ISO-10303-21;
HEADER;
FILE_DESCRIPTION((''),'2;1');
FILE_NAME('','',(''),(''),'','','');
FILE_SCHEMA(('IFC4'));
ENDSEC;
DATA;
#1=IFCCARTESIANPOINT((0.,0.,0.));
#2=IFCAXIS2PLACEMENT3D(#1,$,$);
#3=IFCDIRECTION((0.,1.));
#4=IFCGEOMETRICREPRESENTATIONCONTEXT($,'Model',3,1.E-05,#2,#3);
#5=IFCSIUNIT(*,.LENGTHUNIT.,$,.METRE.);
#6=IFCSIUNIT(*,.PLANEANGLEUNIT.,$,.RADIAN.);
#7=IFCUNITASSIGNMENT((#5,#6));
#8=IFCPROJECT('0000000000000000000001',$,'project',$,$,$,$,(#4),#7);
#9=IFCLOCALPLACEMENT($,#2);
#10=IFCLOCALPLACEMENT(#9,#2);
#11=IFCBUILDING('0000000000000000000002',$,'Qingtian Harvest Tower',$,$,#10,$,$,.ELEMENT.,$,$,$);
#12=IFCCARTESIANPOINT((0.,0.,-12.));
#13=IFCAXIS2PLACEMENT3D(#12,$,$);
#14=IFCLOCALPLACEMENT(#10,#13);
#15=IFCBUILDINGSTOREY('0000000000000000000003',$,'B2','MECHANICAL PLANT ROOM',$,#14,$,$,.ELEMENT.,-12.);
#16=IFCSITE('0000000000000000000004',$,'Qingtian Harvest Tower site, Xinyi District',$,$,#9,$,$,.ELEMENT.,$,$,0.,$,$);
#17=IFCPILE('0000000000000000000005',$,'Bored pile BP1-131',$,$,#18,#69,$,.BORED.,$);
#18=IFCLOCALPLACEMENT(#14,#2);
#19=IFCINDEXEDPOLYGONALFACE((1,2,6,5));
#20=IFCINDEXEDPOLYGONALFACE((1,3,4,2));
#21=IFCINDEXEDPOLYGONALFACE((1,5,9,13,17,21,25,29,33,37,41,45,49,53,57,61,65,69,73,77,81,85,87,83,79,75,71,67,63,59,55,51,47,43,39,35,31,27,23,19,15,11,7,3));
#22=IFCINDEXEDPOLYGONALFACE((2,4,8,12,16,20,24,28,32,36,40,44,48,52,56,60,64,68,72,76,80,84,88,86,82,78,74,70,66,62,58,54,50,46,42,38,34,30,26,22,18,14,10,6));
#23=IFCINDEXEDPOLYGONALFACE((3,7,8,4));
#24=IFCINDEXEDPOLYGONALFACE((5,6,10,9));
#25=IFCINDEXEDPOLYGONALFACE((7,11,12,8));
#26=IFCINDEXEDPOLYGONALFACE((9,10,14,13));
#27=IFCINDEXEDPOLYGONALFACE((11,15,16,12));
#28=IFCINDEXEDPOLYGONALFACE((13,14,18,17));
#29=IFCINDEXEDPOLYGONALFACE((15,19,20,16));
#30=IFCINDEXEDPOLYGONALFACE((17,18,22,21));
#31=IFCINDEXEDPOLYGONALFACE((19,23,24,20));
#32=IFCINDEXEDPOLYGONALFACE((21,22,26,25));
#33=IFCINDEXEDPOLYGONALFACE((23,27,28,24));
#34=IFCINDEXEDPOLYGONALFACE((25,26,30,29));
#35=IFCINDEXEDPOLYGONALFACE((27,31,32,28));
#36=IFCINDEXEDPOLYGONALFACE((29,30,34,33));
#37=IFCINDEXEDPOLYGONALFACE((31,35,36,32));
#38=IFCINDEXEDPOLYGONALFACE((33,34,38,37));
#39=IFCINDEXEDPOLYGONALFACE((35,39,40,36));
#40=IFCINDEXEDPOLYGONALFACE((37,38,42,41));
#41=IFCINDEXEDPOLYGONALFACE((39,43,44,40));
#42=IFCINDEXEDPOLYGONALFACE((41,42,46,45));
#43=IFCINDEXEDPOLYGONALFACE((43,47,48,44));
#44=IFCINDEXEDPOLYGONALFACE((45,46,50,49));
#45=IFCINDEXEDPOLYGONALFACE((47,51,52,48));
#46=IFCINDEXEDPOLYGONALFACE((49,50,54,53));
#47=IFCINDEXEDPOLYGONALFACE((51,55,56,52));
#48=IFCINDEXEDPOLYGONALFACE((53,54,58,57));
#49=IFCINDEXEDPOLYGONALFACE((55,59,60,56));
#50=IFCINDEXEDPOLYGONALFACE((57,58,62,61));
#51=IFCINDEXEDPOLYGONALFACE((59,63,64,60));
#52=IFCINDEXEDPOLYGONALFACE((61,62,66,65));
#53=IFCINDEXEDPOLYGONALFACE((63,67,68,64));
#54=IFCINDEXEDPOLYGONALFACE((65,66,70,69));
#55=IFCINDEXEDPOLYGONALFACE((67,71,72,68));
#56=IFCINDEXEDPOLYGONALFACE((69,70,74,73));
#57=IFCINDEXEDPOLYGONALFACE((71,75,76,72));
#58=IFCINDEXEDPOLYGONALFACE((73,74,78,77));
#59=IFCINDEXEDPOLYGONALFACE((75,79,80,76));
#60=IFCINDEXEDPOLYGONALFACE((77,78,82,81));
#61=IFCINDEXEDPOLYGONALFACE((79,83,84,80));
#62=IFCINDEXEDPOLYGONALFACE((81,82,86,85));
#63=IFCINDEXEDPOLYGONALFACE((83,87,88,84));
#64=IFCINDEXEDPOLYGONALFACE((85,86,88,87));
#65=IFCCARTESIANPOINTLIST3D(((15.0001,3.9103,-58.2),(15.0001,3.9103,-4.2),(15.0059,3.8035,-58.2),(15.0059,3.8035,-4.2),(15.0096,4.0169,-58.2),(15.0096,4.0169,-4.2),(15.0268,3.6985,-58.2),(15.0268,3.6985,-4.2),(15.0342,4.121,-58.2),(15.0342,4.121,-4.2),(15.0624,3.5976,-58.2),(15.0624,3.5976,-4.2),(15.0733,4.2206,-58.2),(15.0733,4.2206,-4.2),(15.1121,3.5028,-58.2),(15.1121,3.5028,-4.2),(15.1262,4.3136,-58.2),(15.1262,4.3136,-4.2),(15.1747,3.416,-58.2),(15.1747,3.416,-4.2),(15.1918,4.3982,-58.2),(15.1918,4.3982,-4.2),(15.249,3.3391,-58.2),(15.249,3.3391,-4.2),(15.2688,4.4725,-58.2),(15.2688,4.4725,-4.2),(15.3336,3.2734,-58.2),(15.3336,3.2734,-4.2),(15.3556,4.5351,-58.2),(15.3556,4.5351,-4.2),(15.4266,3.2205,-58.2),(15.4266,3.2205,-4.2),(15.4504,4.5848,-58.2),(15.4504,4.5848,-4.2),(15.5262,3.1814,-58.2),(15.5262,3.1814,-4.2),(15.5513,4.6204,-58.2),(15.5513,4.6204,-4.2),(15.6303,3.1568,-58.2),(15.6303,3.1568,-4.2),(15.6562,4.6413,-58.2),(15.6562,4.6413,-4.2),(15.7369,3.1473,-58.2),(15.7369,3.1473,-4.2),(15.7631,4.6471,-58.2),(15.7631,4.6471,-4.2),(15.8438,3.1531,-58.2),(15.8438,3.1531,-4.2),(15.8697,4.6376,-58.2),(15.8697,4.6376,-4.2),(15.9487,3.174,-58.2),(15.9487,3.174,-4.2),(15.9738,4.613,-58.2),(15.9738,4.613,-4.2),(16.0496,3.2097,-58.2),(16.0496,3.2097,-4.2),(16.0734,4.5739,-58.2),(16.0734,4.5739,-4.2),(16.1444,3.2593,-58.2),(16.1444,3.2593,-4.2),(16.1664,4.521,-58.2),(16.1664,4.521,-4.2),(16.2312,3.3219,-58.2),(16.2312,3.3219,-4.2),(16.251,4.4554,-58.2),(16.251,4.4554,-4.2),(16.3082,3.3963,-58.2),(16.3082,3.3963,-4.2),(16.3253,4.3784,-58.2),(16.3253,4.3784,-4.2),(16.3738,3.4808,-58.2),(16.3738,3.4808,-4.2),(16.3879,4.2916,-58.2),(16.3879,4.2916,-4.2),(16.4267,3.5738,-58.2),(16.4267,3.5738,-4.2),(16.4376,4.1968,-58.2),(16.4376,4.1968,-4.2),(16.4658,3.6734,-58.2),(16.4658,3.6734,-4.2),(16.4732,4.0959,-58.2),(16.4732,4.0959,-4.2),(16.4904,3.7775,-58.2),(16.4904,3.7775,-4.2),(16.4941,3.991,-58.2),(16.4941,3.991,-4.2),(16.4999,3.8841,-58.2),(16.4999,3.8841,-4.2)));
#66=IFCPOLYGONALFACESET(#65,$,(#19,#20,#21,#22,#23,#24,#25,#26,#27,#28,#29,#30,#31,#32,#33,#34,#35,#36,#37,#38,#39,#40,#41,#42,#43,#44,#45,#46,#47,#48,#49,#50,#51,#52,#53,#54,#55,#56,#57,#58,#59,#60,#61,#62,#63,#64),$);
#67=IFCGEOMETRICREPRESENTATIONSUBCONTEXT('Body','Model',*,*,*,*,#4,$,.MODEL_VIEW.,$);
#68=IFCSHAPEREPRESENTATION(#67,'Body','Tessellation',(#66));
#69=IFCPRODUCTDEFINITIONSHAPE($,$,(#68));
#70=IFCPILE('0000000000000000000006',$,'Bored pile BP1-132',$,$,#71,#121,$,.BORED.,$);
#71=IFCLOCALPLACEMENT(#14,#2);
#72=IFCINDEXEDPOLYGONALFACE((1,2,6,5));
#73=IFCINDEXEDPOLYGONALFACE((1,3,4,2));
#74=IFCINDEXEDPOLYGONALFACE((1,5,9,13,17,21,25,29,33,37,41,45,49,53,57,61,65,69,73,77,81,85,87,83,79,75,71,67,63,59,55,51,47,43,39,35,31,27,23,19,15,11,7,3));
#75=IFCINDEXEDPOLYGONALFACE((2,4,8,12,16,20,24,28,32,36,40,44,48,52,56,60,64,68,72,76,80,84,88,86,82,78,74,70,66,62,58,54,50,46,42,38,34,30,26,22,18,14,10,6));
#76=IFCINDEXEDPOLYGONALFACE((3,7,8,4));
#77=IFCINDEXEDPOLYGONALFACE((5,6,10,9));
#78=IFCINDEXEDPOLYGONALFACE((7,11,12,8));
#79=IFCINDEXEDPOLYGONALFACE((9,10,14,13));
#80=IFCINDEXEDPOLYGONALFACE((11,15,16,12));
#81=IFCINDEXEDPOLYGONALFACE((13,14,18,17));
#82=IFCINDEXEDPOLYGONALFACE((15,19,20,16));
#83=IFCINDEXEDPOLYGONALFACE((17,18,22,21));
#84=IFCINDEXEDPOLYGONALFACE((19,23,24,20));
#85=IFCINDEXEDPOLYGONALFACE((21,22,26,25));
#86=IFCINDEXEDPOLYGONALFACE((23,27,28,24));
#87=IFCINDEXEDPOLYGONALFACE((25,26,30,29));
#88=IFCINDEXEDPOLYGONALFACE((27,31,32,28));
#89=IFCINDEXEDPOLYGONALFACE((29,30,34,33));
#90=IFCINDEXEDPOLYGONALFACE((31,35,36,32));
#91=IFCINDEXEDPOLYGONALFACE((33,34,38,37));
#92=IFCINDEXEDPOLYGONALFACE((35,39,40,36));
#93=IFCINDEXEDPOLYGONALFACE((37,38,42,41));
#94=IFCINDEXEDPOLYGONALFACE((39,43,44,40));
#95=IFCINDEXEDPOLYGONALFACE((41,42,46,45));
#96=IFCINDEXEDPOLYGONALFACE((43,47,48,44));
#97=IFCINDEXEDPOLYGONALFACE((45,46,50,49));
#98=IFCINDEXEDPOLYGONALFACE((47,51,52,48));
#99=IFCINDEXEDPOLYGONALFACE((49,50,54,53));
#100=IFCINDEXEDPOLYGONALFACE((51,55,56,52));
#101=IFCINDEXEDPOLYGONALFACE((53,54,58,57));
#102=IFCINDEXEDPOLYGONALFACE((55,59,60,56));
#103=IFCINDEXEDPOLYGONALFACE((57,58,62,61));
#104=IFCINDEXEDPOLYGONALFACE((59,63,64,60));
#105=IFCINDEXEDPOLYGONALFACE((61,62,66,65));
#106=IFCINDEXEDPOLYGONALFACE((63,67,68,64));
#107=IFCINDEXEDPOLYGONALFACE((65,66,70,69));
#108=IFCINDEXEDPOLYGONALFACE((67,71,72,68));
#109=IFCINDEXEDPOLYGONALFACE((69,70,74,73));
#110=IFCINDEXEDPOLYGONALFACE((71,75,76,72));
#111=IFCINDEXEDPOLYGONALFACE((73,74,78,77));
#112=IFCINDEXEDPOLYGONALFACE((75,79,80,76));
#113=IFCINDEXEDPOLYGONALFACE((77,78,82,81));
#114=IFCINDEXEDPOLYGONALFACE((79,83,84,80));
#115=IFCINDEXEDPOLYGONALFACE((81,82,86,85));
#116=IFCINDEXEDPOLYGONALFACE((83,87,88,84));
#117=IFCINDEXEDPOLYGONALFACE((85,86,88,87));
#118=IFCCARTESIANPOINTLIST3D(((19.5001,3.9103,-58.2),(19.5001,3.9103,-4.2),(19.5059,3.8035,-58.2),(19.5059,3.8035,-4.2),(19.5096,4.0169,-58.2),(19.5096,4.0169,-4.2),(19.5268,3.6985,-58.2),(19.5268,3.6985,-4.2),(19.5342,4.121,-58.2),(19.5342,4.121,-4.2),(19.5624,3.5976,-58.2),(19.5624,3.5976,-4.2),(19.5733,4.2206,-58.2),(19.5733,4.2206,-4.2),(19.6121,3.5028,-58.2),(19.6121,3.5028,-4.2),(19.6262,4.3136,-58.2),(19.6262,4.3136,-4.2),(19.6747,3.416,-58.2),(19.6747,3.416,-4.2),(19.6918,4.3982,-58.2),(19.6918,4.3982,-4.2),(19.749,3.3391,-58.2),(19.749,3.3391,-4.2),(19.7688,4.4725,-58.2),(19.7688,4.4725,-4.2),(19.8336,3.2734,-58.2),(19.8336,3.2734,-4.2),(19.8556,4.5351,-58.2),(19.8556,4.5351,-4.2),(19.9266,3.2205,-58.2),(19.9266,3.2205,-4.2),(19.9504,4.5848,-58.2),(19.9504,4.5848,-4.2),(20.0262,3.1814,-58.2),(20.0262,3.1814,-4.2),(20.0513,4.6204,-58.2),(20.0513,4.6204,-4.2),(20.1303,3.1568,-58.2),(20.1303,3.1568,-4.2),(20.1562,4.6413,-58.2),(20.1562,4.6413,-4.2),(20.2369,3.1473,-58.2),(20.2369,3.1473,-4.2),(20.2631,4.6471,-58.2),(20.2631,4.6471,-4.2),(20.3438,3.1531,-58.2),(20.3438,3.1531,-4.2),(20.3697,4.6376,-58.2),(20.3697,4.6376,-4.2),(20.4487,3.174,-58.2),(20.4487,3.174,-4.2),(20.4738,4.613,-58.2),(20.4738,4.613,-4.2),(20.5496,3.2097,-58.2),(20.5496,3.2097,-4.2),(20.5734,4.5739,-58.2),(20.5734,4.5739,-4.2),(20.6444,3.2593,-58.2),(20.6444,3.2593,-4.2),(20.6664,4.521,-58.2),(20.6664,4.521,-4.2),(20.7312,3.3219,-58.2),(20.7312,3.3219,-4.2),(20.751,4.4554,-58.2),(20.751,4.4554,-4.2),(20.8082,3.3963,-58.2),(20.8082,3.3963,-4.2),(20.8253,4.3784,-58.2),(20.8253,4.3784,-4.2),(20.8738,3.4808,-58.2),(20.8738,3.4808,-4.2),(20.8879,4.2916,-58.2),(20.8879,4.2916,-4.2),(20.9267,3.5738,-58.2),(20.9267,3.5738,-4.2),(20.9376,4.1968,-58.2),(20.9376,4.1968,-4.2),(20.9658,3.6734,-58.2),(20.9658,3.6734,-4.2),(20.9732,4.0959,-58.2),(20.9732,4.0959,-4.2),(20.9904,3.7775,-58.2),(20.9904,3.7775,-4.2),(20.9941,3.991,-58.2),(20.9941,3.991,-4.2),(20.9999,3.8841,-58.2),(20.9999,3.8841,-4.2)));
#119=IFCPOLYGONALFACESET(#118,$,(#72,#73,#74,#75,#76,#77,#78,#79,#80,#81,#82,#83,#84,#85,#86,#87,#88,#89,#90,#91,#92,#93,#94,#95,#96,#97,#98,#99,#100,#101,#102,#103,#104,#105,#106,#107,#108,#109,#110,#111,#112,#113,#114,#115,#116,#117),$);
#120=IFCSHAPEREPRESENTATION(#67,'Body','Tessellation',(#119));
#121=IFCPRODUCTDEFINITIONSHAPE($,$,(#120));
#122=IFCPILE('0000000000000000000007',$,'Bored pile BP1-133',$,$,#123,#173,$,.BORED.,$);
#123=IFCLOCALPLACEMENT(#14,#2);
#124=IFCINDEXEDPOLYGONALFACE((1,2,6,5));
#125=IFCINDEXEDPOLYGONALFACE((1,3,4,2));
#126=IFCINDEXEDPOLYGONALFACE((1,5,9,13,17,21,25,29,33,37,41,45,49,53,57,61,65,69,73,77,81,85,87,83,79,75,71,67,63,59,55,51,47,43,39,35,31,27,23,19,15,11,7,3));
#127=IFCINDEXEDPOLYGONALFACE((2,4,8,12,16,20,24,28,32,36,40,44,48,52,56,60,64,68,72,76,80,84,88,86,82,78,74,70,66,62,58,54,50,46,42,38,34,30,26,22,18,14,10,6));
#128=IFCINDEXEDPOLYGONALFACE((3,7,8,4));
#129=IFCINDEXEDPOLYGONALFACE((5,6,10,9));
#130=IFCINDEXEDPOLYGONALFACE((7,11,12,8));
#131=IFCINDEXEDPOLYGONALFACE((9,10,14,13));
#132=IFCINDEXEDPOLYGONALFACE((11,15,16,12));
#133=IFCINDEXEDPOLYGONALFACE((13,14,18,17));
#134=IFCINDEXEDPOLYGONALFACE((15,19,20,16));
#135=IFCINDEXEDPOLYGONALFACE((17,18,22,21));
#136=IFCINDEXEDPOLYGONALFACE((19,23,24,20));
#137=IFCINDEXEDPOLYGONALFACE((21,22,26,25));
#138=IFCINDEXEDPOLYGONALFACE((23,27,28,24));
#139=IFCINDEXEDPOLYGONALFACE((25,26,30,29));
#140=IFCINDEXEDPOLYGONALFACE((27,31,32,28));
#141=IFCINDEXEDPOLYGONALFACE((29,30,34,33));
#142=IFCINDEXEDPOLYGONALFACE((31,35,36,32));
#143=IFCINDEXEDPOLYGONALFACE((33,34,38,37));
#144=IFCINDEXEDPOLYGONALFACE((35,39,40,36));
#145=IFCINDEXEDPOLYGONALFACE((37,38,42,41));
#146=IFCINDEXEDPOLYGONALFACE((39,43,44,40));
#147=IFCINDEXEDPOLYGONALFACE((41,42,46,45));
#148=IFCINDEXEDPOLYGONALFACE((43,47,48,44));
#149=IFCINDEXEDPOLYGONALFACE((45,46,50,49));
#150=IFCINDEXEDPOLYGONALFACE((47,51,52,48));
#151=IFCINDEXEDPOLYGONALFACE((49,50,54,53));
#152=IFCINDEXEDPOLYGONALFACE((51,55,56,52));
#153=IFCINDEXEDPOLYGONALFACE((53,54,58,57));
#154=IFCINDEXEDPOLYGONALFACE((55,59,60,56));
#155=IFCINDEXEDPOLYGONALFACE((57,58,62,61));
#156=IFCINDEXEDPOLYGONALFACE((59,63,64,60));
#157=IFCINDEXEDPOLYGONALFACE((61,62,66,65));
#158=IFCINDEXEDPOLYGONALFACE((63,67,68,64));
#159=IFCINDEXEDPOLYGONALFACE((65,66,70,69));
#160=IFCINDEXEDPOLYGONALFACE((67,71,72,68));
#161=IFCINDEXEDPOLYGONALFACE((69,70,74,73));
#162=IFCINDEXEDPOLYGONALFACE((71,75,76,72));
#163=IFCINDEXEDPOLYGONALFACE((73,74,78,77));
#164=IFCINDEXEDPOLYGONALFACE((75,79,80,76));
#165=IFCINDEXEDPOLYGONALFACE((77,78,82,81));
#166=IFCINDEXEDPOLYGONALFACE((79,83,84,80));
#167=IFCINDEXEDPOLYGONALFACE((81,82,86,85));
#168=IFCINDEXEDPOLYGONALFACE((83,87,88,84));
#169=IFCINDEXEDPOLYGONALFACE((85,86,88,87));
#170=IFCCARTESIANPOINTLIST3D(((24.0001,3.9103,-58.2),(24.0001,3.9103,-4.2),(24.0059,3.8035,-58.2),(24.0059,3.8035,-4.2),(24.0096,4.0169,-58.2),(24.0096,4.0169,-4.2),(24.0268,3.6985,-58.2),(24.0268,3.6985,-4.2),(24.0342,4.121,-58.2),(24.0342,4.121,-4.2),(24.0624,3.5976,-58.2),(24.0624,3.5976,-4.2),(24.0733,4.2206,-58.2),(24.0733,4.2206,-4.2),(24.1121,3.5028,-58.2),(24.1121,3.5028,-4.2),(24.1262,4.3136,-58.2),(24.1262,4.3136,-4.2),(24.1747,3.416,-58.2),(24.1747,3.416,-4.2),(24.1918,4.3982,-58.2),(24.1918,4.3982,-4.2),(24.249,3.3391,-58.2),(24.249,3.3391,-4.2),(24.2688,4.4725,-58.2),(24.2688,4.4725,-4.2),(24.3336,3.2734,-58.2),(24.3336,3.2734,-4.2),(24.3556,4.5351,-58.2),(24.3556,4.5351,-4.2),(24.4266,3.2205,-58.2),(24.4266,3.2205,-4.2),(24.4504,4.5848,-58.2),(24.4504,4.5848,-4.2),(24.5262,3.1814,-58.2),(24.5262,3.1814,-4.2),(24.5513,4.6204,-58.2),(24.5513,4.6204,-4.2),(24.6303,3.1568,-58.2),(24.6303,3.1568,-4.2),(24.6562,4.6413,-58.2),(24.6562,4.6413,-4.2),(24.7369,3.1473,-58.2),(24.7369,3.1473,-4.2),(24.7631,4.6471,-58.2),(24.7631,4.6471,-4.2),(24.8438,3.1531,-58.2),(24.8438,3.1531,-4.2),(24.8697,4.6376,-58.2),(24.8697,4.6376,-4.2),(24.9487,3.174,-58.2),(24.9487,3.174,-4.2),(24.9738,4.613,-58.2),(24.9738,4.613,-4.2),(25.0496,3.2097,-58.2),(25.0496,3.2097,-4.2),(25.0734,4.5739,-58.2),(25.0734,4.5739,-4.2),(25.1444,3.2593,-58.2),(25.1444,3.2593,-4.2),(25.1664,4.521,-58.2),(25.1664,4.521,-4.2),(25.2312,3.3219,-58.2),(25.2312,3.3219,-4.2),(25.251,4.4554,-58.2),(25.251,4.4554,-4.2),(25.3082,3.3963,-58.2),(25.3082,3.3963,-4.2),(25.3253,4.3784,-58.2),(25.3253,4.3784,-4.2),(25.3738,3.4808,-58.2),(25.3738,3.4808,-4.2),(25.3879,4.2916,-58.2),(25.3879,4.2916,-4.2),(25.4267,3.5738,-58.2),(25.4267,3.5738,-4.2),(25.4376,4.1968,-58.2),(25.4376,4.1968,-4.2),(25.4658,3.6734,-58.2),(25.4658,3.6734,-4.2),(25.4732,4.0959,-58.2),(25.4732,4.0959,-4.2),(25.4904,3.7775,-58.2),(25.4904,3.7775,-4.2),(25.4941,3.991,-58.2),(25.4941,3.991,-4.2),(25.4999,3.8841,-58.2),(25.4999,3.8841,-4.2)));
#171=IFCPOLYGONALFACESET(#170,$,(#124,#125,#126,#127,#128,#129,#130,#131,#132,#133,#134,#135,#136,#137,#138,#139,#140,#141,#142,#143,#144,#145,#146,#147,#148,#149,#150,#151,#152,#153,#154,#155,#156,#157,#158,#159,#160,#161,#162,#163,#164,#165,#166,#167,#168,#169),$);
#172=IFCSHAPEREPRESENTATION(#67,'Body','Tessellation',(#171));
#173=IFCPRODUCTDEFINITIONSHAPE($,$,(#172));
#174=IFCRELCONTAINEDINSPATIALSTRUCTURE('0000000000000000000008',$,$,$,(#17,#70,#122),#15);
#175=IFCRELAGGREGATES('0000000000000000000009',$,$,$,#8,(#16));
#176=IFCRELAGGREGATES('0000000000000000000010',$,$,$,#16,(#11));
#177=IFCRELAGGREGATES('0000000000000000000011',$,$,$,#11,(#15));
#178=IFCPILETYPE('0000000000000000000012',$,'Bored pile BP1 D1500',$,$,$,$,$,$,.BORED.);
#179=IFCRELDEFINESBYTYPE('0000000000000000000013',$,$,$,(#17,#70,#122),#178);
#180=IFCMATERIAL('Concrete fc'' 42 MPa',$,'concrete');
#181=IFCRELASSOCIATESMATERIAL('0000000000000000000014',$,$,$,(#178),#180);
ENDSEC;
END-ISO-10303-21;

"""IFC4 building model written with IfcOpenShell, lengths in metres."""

from ifc_helpers import new_model, si_unit, direction, frame, frame_2d, origin, place, context, subcontext, project, spatial, circle, extrude, material, material_profile, profile_set, type_object, element, save


model = new_model("IFC4")

# Units and contexts
model_context = context("Model", 3, precision=1e-05, world=origin(), true_north=direction((0.0, 1.0)))
body_context = subcontext(model_context, "Body", "Model", "MODEL_VIEW")
ifc_project = project(units=[si_unit("LENGTHUNIT", "METRE"), si_unit("PLANEANGLEUNIT", "RADIAN")], contexts=[model_context])

# Site, building, storey
site_placement = place(None, origin())
site = spatial("IfcSite", under=ifc_project, at=site_placement, Name="Qingtian Harvest Tower site, Xinyi District", CompositionType="ELEMENT", RefElevation=0.0)
building_placement = place(site_placement, origin())
building = spatial("IfcBuilding", under=site, at=building_placement, Name="Qingtian Harvest Tower", CompositionType="ELEMENT")
storey_placement = place(building_placement, frame((0.0, 0.0, -12.0)))
storey = spatial("IfcBuildingStorey", under=building, at=storey_placement, Name="B2", Description="MECHANICAL PLANT ROOM", CompositionType="ELEMENT", Elevation=-12.0)

# Piles
ifc_material_1 = material(Name="Concrete fc' 42 MPa", Category="concrete")
ifc_material_profile_1 = material_profile(ifc_material_1, circle(Radius=0.75, at=frame_2d((0.0, 0.0), x_axis=(0.999848, 0.017452))), Name="Bored pile BP1 D1500")
ifc_profile_set_1 = profile_set([ifc_material_profile_1], Name="Concrete fc' 42 MPa")
pile_type = type_object("IfcPileType", Name="Bored pile BP1 D1500", PredefinedType="BORED", material=ifc_profile_set_1)
for number, where, z_axis, x_axis, name in (
    (1, (15.75, 3.8972, -4.2), (0.0, 0.0, -1.0), (1.0, 0.0, 0.0), "Bored pile BP1-131"),
    (2, (20.25, 3.8972, -4.2), (0.0, 0.0, -1.0), (1.0, 0.0, 0.0), "Bored pile BP1-132"),
    (3, (24.75, 3.8972, -4.2), (0.0, 0.0, -1.0), (1.0, 0.0, 0.0), "Bored pile BP1-133"),
):
    element("IfcPile", number, at=place(storey_placement, frame(where, z_axis=z_axis, x_axis=x_axis)), inside=storey, type_object=pile_type, Name=name, PredefinedType="BORED", context=body_context, shape_type="SweptSolid", body=[
        extrude(circle(Radius=0.75, at=frame_2d((0.0, 0.0), x_axis=(0.999848, 0.017452))), origin(), (0.0, 0.0, 1.0), 54.0),
    ])

save(model, "model.ifc")
